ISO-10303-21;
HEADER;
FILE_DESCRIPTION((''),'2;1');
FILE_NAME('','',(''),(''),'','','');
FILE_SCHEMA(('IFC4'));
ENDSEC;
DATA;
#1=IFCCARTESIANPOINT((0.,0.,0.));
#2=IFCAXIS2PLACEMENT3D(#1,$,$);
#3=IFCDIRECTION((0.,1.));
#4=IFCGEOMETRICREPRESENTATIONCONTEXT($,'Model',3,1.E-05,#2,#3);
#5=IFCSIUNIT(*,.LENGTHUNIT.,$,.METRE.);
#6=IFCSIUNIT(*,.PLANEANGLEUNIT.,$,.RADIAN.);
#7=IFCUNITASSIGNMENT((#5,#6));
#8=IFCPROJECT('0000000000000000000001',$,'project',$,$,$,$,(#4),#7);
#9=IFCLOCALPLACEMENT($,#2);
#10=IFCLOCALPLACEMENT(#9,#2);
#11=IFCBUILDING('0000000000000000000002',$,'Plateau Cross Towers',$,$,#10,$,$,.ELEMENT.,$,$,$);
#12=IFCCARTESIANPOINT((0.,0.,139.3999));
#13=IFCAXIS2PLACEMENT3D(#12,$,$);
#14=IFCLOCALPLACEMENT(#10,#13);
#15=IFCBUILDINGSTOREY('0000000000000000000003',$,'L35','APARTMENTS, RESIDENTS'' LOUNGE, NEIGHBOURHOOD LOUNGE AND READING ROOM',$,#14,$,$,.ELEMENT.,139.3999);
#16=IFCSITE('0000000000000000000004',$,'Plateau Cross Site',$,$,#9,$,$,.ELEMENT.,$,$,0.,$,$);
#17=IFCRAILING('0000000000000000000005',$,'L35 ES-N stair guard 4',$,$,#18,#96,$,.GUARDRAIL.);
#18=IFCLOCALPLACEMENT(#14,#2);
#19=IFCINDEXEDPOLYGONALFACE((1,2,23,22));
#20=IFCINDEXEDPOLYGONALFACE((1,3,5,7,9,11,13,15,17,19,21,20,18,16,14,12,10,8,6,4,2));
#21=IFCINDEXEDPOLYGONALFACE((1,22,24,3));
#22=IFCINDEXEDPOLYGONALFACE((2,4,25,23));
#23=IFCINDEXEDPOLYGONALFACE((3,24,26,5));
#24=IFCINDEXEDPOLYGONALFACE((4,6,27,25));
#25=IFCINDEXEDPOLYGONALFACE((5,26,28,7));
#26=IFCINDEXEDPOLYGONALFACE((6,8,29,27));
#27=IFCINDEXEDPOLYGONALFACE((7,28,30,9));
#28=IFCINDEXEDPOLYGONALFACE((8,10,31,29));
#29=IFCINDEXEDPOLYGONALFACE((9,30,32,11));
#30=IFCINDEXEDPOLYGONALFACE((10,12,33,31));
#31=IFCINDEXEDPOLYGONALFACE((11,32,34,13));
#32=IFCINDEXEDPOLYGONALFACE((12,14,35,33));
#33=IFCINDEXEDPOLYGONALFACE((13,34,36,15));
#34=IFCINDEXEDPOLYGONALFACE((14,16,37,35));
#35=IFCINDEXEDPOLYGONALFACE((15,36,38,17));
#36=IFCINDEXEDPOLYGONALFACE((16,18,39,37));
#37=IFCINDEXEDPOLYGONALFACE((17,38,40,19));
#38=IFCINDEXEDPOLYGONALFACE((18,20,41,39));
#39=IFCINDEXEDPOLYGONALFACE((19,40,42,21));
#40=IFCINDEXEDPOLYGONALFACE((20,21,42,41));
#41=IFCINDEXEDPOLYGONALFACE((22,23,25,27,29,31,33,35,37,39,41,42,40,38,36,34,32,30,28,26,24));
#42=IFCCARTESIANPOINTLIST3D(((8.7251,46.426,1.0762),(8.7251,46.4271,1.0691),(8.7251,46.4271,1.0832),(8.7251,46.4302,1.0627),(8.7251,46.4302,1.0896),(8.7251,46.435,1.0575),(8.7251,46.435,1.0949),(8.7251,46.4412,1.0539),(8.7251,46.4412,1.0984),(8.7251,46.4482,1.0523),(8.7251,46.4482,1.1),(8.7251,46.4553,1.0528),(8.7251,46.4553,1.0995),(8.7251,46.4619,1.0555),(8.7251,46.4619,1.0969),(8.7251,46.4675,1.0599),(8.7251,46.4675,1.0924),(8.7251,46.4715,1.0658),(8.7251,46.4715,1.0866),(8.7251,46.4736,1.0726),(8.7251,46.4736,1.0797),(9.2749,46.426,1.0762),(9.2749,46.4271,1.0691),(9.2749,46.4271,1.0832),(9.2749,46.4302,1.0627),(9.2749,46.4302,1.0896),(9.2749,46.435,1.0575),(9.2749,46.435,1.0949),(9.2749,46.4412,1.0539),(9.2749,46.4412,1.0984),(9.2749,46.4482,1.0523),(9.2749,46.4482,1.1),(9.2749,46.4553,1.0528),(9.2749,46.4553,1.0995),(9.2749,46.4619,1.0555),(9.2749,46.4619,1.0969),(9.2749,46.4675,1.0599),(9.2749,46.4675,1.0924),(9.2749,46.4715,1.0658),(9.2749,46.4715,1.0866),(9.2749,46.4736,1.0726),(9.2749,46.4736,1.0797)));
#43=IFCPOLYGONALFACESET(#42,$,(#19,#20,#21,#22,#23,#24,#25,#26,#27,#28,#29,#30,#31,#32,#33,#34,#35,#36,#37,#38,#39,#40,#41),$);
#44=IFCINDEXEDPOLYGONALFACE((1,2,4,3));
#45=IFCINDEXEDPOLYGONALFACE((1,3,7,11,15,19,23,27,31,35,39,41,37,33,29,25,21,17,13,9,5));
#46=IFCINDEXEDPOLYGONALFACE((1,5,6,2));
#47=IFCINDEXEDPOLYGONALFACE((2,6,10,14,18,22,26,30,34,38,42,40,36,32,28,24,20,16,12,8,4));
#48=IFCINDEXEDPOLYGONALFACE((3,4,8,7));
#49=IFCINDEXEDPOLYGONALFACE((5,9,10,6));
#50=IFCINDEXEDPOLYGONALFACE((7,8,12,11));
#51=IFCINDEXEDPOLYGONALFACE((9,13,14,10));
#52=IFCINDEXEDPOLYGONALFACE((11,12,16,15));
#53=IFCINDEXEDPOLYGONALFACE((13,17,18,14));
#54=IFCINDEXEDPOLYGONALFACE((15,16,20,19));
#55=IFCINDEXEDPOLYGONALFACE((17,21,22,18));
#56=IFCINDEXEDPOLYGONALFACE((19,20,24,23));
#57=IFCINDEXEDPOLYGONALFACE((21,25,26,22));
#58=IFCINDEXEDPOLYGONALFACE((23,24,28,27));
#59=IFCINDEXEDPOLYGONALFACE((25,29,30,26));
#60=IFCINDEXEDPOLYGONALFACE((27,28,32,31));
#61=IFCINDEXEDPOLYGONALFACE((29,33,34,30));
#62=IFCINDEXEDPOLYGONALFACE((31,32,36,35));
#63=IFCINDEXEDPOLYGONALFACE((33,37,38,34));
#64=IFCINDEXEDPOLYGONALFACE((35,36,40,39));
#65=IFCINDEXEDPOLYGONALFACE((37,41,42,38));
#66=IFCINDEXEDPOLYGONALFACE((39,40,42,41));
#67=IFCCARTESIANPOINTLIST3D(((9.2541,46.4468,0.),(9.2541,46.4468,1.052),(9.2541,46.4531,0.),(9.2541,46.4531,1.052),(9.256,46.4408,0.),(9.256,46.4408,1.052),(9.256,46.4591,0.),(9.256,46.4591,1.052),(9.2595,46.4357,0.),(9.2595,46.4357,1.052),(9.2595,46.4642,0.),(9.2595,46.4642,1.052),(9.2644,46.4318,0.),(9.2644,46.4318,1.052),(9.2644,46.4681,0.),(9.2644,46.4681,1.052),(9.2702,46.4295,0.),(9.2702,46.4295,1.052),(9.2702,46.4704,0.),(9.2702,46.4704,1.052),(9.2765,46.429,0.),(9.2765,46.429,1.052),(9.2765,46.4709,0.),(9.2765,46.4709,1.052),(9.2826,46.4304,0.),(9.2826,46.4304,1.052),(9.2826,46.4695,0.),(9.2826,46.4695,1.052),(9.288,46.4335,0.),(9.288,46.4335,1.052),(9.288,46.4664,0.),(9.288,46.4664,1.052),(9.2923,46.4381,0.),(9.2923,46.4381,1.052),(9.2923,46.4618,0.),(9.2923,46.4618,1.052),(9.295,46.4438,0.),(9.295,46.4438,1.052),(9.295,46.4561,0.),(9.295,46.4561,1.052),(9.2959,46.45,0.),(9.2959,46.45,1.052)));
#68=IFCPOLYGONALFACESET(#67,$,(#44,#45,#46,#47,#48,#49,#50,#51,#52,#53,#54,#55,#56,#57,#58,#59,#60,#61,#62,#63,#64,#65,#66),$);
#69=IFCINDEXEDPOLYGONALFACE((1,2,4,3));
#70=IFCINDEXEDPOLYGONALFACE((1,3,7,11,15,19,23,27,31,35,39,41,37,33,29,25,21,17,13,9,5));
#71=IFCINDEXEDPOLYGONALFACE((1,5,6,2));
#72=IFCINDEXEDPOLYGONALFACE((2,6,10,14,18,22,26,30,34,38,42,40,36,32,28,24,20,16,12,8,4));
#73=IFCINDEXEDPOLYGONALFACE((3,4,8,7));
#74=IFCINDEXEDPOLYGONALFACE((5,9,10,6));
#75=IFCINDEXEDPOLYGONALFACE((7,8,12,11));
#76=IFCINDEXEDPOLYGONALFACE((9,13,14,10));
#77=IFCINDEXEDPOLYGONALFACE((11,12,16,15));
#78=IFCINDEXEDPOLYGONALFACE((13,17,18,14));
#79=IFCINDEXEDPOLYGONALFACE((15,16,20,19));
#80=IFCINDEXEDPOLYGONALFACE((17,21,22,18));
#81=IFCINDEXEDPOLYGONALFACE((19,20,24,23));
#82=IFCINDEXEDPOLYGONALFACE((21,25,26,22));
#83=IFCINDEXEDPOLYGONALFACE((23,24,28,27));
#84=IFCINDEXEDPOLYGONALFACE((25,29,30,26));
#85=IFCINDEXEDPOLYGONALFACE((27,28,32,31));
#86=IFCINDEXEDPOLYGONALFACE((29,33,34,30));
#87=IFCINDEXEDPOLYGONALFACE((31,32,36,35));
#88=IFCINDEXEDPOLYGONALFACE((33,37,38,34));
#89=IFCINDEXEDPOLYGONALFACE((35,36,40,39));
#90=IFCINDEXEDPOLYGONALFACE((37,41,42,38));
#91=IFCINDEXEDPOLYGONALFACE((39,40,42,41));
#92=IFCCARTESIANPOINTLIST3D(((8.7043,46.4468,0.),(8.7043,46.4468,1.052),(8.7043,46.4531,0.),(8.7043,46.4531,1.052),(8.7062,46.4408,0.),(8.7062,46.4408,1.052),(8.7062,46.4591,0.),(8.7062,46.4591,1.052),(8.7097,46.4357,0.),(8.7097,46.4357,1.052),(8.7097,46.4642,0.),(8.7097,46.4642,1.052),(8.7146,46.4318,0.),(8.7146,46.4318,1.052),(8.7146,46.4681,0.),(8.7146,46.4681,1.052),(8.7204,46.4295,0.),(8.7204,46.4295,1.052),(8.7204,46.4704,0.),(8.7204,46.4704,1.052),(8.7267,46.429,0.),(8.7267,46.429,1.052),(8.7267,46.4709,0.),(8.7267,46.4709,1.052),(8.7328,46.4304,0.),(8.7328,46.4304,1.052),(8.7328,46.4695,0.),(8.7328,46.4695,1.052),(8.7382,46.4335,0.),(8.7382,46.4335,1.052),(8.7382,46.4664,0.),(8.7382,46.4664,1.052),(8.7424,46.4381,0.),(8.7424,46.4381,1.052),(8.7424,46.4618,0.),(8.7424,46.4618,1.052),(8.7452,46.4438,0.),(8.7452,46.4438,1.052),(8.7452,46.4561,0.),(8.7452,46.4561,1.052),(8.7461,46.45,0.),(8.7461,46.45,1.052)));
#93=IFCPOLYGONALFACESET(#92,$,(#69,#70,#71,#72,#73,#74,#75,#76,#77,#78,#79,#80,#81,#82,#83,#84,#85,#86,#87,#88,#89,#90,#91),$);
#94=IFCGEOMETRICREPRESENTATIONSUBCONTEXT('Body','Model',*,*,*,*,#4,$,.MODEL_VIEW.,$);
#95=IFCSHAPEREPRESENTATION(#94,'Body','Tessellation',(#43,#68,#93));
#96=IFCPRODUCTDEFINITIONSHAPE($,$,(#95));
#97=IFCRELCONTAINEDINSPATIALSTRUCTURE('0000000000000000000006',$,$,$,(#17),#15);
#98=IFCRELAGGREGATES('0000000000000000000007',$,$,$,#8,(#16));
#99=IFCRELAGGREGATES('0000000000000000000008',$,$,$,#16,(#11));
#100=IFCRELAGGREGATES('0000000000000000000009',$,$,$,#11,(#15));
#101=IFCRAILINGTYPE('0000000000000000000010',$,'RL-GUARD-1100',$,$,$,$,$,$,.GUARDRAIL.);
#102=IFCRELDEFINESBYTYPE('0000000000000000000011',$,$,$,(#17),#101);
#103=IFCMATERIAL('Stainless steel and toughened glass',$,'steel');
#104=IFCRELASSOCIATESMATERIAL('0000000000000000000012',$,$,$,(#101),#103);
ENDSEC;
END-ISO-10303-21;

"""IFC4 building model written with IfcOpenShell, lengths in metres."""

from ifc_helpers import new_model, si_unit, direction, frame, origin, origin_2d, place, context, subcontext, project, spatial, circle, extrude, material, type_object, element, save


model = new_model("IFC4")

# Units and contexts
model_context = context("Model", 3, precision=1e-05, world=origin(), true_north=direction((0.0, 1.0)))
body_context = subcontext(model_context, "Body", "Model", "MODEL_VIEW")
ifc_project = project(units=[si_unit("LENGTHUNIT", "METRE"), si_unit("PLANEANGLEUNIT", "RADIAN")], contexts=[model_context])

# Site, building, storey
site_placement = place(None, origin())
site = spatial("IfcSite", under=ifc_project, at=site_placement, Name="Plateau Cross Site", CompositionType="ELEMENT", RefElevation=0.0)
building_placement = place(site_placement, origin())
building = spatial("IfcBuilding", under=site, at=building_placement, Name="Plateau Cross Towers", CompositionType="ELEMENT")
storey_placement = place(building_placement, frame((0.0, 0.0, 139.3999)))
storey = spatial("IfcBuildingStorey", under=building, at=storey_placement, Name="L35", Description="APARTMENTS, RESIDENTS' LOUNGE, NEIGHBOURHOOD LOUNGE AND READING ROOM", CompositionType="ELEMENT", Elevation=139.3999)

# Railing
ifc_material_1 = material(Name="Stainless steel and toughened glass", Category="steel")
railing_type_1 = type_object("IfcRailingType", Name="RL-GUARD-1100", PredefinedType="GUARDRAIL", material=ifc_material_1)
railing_1_placement = place(storey_placement, frame((9.2749, 46.45, 0.0)))
element("IfcRailing", 1, at=railing_1_placement, inside=storey, type_object=railing_type_1, Name="L35 ES-N stair guard 4", PredefinedType="GUARDRAIL", context=body_context, shape_type="SweptSolid", body=[
    extrude(circle(Radius=0.0239, at=origin_2d()), frame((0.0, 0.0, 1.0762), z_axis=(-1.0, 0.0, 0.0), x_axis=(0.0, -1.0, 0.0)), (0.0, 0.0, 1.0), 0.5498),
    extrude(circle(Radius=0.021, at=origin_2d()), origin(), (0.0, 0.0, 1.0), 1.052),
    extrude(circle(Radius=0.021, at=origin_2d()), frame((-0.5498, 0.0, 0.0)), (0.0, 0.0, 1.0), 1.052),
])

save(model, "model.ifc")
